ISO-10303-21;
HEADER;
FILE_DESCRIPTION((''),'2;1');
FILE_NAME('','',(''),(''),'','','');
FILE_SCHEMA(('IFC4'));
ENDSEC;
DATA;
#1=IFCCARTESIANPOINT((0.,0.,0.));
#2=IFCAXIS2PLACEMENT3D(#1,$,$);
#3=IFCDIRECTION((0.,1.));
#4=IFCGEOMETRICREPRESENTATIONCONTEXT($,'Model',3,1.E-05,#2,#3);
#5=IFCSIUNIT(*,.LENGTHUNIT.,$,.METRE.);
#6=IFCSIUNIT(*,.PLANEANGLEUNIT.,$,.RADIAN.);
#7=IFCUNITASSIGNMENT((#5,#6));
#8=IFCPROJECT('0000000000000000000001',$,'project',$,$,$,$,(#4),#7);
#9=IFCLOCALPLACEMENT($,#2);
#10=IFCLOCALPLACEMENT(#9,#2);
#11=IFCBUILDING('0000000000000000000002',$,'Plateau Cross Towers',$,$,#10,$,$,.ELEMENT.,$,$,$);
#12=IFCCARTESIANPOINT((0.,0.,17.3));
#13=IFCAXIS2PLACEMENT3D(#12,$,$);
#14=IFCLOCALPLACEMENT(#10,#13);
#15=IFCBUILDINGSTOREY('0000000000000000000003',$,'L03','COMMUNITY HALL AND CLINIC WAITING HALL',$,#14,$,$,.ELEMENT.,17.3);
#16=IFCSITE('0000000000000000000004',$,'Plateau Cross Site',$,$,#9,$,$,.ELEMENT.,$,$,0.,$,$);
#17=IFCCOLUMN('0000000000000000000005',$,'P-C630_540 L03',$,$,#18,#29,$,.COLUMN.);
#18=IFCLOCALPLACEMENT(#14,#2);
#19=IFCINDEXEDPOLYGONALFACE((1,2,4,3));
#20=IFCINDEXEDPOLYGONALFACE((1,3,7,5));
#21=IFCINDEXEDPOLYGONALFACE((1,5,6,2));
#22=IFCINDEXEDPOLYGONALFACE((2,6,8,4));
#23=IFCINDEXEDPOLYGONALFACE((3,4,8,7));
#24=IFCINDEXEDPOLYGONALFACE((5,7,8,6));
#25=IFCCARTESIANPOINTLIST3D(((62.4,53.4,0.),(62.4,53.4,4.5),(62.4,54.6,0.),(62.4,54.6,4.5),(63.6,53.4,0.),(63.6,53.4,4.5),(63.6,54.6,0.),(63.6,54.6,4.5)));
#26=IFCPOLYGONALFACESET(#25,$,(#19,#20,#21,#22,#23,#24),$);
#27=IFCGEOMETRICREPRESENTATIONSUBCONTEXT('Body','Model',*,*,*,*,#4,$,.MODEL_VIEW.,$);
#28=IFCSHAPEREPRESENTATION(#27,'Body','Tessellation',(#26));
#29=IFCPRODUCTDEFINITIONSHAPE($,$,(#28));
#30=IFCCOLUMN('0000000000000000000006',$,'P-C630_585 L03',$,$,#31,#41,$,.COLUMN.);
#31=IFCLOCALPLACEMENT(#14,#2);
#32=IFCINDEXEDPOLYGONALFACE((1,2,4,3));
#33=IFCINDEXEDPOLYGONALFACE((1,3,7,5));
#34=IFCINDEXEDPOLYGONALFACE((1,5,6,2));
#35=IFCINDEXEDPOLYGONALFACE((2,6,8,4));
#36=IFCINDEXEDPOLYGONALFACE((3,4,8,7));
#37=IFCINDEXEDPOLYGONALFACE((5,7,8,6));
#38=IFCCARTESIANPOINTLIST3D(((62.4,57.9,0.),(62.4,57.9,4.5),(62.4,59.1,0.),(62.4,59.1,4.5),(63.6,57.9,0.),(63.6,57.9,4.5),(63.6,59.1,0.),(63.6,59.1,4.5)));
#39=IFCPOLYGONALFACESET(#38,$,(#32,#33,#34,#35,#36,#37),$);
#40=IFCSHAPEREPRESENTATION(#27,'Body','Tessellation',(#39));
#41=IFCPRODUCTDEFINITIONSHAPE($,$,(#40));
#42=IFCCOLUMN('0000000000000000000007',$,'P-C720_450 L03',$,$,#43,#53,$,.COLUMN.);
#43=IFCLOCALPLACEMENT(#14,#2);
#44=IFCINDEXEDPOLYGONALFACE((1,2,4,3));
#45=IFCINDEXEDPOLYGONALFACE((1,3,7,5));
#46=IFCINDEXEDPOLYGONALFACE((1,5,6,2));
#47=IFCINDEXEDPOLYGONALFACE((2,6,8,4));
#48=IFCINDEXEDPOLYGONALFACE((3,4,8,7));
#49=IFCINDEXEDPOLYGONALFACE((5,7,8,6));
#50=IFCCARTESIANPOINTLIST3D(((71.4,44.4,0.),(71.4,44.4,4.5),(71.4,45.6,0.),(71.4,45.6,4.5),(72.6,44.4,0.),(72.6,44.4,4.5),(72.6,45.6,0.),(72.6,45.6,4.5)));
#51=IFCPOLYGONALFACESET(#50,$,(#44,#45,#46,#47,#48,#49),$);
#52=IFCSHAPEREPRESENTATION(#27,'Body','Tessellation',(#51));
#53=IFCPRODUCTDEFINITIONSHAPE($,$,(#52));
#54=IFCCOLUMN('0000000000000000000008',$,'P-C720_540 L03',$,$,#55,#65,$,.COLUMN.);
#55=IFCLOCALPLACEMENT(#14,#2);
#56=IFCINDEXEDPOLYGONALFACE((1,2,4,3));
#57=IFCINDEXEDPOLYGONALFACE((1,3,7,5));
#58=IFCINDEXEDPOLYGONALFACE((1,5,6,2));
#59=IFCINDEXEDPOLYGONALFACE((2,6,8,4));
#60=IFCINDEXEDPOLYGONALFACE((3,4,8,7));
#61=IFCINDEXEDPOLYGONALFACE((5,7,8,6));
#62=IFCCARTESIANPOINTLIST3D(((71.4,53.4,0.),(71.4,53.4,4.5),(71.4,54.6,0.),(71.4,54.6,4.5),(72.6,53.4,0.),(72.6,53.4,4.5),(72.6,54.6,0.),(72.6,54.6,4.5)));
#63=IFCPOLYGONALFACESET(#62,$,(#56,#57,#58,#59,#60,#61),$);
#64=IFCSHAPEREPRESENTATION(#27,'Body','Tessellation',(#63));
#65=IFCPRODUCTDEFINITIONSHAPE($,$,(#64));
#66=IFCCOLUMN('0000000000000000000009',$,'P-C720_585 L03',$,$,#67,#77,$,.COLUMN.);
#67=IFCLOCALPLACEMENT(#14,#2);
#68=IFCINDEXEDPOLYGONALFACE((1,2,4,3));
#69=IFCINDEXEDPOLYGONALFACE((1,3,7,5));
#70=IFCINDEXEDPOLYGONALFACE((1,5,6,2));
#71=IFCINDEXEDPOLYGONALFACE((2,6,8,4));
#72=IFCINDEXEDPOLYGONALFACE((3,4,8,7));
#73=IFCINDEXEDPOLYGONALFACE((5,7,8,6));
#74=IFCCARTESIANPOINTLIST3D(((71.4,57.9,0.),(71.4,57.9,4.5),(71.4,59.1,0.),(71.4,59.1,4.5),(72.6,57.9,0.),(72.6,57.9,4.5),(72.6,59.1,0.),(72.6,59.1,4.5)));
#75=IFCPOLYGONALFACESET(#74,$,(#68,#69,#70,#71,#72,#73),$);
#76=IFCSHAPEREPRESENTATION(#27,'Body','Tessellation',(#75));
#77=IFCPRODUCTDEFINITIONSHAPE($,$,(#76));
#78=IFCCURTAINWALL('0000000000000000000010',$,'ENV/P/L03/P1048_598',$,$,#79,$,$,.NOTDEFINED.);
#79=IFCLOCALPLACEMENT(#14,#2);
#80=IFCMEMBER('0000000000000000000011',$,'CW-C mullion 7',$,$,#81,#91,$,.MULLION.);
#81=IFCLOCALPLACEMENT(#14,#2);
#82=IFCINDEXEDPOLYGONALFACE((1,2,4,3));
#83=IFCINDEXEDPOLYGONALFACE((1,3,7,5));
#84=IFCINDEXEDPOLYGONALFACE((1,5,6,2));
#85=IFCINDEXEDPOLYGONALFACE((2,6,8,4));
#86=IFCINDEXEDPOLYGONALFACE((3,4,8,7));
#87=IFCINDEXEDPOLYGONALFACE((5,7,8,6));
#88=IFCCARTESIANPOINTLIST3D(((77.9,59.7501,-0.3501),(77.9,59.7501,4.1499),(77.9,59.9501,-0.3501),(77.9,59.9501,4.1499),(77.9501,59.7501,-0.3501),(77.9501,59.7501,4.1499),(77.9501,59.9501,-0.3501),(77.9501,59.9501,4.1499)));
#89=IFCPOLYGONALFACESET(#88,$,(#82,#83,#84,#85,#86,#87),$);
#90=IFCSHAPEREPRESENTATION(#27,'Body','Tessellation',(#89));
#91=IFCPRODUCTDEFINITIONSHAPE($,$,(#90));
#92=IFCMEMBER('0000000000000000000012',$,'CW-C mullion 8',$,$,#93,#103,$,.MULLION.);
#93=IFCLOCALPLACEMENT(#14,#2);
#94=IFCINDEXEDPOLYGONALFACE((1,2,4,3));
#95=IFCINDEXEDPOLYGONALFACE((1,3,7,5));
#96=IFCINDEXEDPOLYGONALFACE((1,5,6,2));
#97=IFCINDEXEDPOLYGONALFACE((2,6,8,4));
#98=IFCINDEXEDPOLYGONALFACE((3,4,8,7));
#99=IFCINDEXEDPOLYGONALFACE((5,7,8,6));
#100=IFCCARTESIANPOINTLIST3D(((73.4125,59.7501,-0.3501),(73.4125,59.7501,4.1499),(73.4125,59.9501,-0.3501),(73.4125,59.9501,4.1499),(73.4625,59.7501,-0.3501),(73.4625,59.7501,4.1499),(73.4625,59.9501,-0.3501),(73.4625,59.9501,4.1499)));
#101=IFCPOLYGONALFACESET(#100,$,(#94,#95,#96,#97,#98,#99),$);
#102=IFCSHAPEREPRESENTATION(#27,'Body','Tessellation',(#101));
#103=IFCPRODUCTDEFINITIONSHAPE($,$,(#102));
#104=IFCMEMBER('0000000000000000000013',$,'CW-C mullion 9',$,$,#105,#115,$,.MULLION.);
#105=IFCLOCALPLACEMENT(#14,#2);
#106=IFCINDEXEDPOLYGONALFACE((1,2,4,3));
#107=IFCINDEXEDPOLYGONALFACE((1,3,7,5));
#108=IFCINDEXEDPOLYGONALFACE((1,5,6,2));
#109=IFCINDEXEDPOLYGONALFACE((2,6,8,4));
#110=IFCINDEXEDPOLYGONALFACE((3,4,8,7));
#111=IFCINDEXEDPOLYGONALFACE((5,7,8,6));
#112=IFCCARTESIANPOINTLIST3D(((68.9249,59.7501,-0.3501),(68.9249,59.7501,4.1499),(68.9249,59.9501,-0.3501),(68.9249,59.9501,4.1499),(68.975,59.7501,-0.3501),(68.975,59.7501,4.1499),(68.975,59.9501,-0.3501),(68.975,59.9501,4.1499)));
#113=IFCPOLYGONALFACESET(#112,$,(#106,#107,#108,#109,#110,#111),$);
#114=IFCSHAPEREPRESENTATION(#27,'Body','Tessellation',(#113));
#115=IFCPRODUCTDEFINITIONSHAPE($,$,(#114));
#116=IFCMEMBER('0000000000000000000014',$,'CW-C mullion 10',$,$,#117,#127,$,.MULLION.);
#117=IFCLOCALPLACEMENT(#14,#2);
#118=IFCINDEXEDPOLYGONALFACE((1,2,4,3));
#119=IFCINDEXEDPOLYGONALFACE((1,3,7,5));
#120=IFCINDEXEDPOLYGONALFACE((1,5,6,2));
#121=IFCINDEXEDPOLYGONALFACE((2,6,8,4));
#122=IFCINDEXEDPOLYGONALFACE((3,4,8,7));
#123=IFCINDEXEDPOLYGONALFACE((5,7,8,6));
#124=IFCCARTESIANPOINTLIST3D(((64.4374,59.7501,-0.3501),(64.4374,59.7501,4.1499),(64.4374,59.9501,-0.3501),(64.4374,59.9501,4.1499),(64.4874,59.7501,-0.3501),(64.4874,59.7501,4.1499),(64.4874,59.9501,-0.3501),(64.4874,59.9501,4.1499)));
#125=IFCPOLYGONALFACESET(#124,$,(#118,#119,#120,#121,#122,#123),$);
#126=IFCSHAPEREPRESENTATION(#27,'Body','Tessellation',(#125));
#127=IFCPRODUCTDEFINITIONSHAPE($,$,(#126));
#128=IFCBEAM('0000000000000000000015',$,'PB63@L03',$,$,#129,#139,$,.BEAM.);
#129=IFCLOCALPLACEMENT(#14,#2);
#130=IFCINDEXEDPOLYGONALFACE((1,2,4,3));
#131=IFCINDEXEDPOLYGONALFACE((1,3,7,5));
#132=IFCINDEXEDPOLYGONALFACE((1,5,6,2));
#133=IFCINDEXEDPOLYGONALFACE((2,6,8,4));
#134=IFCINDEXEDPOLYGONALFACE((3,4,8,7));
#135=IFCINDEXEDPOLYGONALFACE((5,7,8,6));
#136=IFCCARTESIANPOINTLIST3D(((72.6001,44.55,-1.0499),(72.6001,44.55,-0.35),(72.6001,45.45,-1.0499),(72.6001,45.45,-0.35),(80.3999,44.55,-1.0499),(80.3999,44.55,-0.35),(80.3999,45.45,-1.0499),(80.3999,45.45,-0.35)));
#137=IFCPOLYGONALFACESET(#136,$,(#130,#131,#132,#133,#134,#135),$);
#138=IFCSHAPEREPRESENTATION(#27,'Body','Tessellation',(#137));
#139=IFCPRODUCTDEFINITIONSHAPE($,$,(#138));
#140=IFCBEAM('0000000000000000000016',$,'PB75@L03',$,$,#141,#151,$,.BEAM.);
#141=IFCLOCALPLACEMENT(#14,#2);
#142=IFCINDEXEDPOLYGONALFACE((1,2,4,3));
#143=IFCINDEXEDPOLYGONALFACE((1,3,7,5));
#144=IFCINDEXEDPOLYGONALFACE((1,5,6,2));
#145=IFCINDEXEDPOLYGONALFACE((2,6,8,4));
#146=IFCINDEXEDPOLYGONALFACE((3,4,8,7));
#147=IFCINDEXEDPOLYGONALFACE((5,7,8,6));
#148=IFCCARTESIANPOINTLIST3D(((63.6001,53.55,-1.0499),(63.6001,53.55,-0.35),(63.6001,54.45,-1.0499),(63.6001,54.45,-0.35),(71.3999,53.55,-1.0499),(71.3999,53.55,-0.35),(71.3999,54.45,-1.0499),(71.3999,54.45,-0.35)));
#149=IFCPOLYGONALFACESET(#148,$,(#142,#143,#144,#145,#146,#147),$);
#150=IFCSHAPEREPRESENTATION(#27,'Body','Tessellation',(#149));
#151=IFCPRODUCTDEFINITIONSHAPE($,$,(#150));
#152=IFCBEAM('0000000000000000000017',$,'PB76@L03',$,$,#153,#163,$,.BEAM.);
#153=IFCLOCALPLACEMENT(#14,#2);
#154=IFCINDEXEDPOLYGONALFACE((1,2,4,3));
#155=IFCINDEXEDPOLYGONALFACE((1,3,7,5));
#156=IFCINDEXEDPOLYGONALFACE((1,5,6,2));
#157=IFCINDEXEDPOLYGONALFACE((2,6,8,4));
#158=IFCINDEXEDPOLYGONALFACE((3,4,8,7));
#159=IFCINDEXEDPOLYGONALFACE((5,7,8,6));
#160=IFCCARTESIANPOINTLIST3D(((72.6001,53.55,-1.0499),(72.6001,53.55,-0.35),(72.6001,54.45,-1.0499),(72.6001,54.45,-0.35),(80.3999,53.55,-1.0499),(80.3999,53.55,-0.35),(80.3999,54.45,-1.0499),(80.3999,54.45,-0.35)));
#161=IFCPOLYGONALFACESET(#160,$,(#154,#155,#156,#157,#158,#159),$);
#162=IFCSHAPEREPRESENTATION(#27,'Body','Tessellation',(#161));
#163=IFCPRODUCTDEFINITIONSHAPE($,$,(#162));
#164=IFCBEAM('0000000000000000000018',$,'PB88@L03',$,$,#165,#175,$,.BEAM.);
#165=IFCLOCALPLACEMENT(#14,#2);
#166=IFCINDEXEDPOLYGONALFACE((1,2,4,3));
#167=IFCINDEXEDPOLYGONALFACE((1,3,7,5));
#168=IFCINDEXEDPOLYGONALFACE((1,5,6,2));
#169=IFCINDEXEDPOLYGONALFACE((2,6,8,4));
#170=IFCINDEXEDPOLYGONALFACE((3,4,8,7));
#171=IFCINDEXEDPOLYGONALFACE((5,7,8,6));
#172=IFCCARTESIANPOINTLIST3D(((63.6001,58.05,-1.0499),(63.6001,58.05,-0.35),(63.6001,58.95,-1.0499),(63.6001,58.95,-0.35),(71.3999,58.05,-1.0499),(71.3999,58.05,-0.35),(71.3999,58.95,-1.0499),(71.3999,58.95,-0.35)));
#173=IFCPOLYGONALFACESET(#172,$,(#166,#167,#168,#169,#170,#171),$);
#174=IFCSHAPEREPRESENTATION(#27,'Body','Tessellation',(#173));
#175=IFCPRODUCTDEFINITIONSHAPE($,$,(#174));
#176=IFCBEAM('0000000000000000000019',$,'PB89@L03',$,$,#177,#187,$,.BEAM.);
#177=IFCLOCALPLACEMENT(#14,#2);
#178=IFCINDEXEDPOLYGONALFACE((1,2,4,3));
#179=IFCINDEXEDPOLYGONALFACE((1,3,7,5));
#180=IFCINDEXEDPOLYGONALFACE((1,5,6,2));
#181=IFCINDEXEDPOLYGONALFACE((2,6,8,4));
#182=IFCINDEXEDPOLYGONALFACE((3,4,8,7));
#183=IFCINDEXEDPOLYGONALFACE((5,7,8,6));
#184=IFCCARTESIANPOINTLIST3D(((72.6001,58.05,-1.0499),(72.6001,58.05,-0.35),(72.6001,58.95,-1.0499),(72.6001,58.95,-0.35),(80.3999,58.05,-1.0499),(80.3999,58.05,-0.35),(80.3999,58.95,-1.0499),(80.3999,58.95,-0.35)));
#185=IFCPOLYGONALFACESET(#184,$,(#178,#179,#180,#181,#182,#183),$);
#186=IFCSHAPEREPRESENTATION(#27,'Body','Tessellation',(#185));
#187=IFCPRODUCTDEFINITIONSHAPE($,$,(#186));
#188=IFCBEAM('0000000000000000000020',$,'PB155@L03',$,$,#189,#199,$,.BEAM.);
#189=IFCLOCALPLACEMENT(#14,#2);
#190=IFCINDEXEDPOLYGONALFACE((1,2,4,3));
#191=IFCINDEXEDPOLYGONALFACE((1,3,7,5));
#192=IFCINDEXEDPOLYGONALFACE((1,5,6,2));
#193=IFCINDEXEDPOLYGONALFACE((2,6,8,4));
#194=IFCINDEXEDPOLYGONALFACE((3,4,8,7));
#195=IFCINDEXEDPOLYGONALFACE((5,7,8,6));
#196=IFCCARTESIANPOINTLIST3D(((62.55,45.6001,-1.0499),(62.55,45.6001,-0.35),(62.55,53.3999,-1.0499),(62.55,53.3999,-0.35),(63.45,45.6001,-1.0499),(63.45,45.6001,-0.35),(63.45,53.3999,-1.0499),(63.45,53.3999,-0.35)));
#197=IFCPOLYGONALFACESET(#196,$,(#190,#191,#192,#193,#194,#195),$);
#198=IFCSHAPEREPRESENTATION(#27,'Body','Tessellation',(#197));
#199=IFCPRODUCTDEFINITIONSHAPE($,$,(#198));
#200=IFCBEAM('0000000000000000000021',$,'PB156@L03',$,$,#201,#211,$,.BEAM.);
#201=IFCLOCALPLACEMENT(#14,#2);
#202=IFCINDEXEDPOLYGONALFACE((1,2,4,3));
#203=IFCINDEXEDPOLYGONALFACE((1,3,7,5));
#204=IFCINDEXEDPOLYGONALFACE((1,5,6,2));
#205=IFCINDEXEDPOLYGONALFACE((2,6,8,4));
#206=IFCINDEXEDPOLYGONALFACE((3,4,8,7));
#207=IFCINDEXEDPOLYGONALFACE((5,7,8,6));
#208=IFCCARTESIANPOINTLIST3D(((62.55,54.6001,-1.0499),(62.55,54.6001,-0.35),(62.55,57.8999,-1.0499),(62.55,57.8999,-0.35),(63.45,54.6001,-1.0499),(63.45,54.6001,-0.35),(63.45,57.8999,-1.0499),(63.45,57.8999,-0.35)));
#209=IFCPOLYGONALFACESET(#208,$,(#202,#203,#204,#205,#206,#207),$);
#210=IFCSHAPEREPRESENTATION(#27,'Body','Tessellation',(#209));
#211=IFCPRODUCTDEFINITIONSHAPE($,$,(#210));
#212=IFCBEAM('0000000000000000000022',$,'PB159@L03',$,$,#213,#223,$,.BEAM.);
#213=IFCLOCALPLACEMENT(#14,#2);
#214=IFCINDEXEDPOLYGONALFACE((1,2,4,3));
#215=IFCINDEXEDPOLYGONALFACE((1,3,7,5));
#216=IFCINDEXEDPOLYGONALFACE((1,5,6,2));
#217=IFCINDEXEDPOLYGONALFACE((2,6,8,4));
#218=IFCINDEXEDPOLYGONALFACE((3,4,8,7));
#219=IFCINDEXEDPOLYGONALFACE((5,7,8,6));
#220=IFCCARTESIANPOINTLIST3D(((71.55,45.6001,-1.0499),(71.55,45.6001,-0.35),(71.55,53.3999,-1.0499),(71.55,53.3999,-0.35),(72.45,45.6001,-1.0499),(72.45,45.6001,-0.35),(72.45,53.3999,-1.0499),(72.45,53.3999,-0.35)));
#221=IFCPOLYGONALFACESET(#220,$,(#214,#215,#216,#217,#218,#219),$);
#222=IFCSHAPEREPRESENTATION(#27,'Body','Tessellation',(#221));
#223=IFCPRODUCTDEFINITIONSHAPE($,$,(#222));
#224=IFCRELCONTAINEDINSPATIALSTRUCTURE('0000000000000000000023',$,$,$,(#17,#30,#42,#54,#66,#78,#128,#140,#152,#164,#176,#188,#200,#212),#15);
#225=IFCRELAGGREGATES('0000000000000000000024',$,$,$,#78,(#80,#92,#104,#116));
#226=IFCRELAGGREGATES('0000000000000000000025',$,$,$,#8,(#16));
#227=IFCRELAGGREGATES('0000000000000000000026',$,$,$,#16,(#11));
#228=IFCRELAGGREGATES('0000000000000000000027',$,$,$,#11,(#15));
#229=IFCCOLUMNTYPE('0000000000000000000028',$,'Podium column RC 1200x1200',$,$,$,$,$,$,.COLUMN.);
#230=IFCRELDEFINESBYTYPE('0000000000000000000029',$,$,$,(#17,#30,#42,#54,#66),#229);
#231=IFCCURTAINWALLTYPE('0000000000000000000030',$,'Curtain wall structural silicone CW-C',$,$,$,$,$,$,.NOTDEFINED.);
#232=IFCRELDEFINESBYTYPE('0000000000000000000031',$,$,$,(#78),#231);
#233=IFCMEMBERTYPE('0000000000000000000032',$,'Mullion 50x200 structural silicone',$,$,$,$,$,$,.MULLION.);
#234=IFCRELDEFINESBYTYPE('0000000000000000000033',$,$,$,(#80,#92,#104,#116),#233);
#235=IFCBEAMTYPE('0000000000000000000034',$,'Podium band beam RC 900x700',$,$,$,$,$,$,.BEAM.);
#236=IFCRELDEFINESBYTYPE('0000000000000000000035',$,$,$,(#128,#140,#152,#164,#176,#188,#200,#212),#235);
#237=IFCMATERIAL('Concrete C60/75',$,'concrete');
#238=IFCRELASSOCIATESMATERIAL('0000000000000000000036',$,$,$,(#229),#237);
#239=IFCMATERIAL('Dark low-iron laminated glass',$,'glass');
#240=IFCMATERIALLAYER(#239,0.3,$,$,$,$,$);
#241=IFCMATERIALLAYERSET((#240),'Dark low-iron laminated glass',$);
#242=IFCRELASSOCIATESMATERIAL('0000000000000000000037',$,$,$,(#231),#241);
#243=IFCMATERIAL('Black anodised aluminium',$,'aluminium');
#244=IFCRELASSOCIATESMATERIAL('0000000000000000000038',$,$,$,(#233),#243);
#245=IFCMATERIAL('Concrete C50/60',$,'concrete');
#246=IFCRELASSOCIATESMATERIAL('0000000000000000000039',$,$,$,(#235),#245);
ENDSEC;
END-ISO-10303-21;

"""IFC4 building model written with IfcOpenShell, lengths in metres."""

from ifc_helpers import new_model, si_unit, direction, frame, origin, origin_2d, place, context, subcontext, project, spatial, rectangle, extrude, material, layer, layer_set, material_profile, profile_set, type_object, element, aggregate, save


model = new_model("IFC4")

# Units and contexts
model_context = context("Model", 3, precision=1e-05, world=origin(), true_north=direction((0.0, 1.0)))
body_context = subcontext(model_context, "Body", "Model", "MODEL_VIEW")
ifc_project = project(units=[si_unit("LENGTHUNIT", "METRE"), si_unit("PLANEANGLEUNIT", "RADIAN")], contexts=[model_context])

# Site, building, storey
site_placement = place(None, origin())
site = spatial("IfcSite", under=ifc_project, at=site_placement, Name="Plateau Cross Site", CompositionType="ELEMENT", RefElevation=0.0)
building_placement = place(site_placement, origin())
building = spatial("IfcBuilding", under=site, at=building_placement, Name="Plateau Cross Towers", CompositionType="ELEMENT")
storey_placement = place(building_placement, frame((0.0, 0.0, 17.3)))
storey = spatial("IfcBuildingStorey", under=building, at=storey_placement, Name="L03", Description="COMMUNITY HALL AND CLINIC WAITING HALL", CompositionType="ELEMENT", Elevation=17.3)

# Columns
ifc_material_1 = material(Name="Concrete C60/75", Category="concrete")
ifc_material_profile_1 = material_profile(ifc_material_1, rectangle(XDim=1.2, YDim=1.2, at=origin_2d()), Name="RC 1200x1200")
ifc_profile_set_1 = profile_set([ifc_material_profile_1], Name="Concrete C60/75")
column_type = type_object("IfcColumnType", Name="Podium column RC 1200x1200", PredefinedType="COLUMN", material=ifc_profile_set_1)
for number, where, z_axis, x_axis, name in (
    (1, (63.0, 54.0, 0.0), (0.0, 0.0, 1.0), (1.0, 0.0, 0.0), "P-C630_540 L03"),
    (2, (63.0, 58.5, 0.0), (0.0, 0.0, 1.0), (1.0, 0.0, 0.0), "P-C630_585 L03"),
    (3, (72.0, 45.0, 0.0), (0.0, 0.0, 1.0), (1.0, 0.0, 0.0), "P-C720_450 L03"),
    (4, (72.0, 54.0, 0.0), (0.0, 0.0, 1.0), (1.0, 0.0, 0.0), "P-C720_540 L03"),
    (5, (72.0, 58.5, 0.0), (0.0, 0.0, 1.0), (1.0, 0.0, 0.0), "P-C720_585 L03"),
):
    element("IfcColumn", number, at=place(storey_placement, frame(where, z_axis=z_axis, x_axis=x_axis)), inside=storey, type_object=column_type, Name=name, PredefinedType="COLUMN", context=body_context, shape_type="SweptSolid", body=[
        extrude(rectangle(XDim=1.2, YDim=1.2, at=origin_2d()), origin(), (0.0, 0.0, 1.0), 4.5),
    ])

# Curtain wall, members
ifc_material_2 = material(Name="Dark low-iron laminated glass", Category="glass")
ifc_layer_1 = layer(ifc_material_2, 0.3)
ifc_layer_set_1 = layer_set([ifc_layer_1], Name="Dark low-iron laminated glass")
curtain_wall_type = type_object("IfcCurtainWallType", Name="Curtain wall structural silicone CW-C", PredefinedType="NOTDEFINED", material=ifc_layer_set_1)
curtain_wall_placement = place(storey_placement, origin())
curtain_wall = element("IfcCurtainWall", 6, at=curtain_wall_placement, inside=storey, type_object=curtain_wall_type, Name="ENV/P/L03/P1048_598", PredefinedType="NOTDEFINED")
ifc_material_3 = material(Name="Black anodised aluminium", Category="aluminium")
ifc_material_profile_2 = material_profile(ifc_material_3, rectangle(XDim=0.05, YDim=0.2, at=origin_2d()), Name="MULLION 50x200")
ifc_profile_set_2 = profile_set([ifc_material_profile_2], Name="Black anodised aluminium")
member_type = type_object("IfcMemberType", Name="Mullion 50x200 structural silicone", PredefinedType="MULLION", material=ifc_profile_set_2)
member_1_placement = place(storey_placement, frame((77.925, 59.8501, -0.3501), z_axis=(0.0, 0.0, 1.0), x_axis=(-1.0, 0.0, 0.0)))
member_1 = element("IfcMember", 7, at=member_1_placement, type_object=member_type, Name="CW-C mullion 7", PredefinedType="MULLION", context=body_context, shape_type="SweptSolid", body=[
    extrude(rectangle(XDim=0.05, YDim=0.2, at=origin_2d()), origin(), (0.0, 0.0, 1.0), 4.5),
])
member_2_placement = place(storey_placement, frame((73.4375, 59.8501, -0.3501), z_axis=(0.0, 0.0, 1.0), x_axis=(-1.0, 0.0, 0.0)))
member_2 = element("IfcMember", 8, at=member_2_placement, type_object=member_type, Name="CW-C mullion 8", PredefinedType="MULLION", context=body_context, shape_type="SweptSolid", body=[
    extrude(rectangle(XDim=0.05, YDim=0.2, at=origin_2d()), origin(), (0.0, 0.0, 1.0), 4.5),
])
member_3_placement = place(storey_placement, frame((68.95, 59.8501, -0.3501), z_axis=(0.0, 0.0, 1.0), x_axis=(-1.0, 0.0, 0.0)))
member_3 = element("IfcMember", 9, at=member_3_placement, type_object=member_type, Name="CW-C mullion 9", PredefinedType="MULLION", context=body_context, shape_type="SweptSolid", body=[
    extrude(rectangle(XDim=0.05, YDim=0.2, at=origin_2d()), origin(), (0.0, 0.0, 1.0), 4.5),
])
member_4_placement = place(storey_placement, frame((64.4624, 59.8501, -0.3501), z_axis=(0.0, 0.0, 1.0), x_axis=(-1.0, 0.0, 0.0)))
member_4 = element("IfcMember", 10, at=member_4_placement, type_object=member_type, Name="CW-C mullion 10", PredefinedType="MULLION", context=body_context, shape_type="SweptSolid", body=[
    extrude(rectangle(XDim=0.05, YDim=0.2, at=origin_2d()), origin(), (0.0, 0.0, 1.0), 4.5),
])

# Beams
ifc_material_4 = material(Name="Concrete C50/60", Category="concrete")
ifc_material_profile_3 = material_profile(ifc_material_4, rectangle(XDim=0.8999, YDim=0.7, at=origin_2d()), Name="RC 900x700")
ifc_profile_set_3 = profile_set([ifc_material_profile_3], Name="Concrete C50/60")
beam_type = type_object("IfcBeamType", Name="Podium band beam RC 900x700", PredefinedType="BEAM", material=ifc_profile_set_3)
for number, where, z_axis, x_axis, name in (
    (11, (72.6001, 45.0, -0.7), (1.0, 0.0, 0.0), (0.0, 1.0, 0.0), "PB63@L03"),
    (12, (63.6001, 54.0, -0.7), (1.0, 0.0, 0.0), (0.0, 1.0, 0.0), "PB75@L03"),
    (13, (72.6001, 54.0, -0.7), (1.0, 0.0, 0.0), (0.0, 1.0, 0.0), "PB76@L03"),
    (14, (63.6001, 58.5, -0.7), (1.0, 0.0, 0.0), (0.0, 1.0, 0.0), "PB88@L03"),
    (15, (72.6001, 58.5, -0.7), (1.0, 0.0, 0.0), (0.0, 1.0, 0.0), "PB89@L03"),
    (16, (63.0, 45.6001, -0.7), (0.0, 1.0, 0.0), (-1.0, 0.0, 0.0), "PB155@L03"),
):
    element("IfcBeam", number, at=place(storey_placement, frame(where, z_axis=z_axis, x_axis=x_axis)), inside=storey, type_object=beam_type, Name=name, PredefinedType="BEAM", context=body_context, shape_type="SweptSolid", body=[
        extrude(rectangle(XDim=0.8999, YDim=0.7, at=origin_2d()), origin(), (0.0, 0.0, 1.0), 7.7998),
    ])
beam_1_placement = place(storey_placement, frame((63.0, 54.6001, -0.7), z_axis=(0.0, 1.0, 0.0), x_axis=(-1.0, 0.0, 0.0)))
element("IfcBeam", 17, at=beam_1_placement, inside=storey, type_object=beam_type, Name="PB156@L03", PredefinedType="BEAM", context=body_context, shape_type="SweptSolid", body=[
    extrude(rectangle(XDim=0.8999, YDim=0.7, at=origin_2d()), origin(), (0.0, 0.0, 1.0), 3.2998),
])
beam_2_placement = place(storey_placement, frame((72.0, 45.6001, -0.7), z_axis=(0.0, 1.0, 0.0), x_axis=(-1.0, 0.0, 0.0)))
element("IfcBeam", 18, at=beam_2_placement, inside=storey, type_object=beam_type, Name="PB159@L03", PredefinedType="BEAM", context=body_context, shape_type="SweptSolid", body=[
    extrude(rectangle(XDim=0.8999, YDim=0.7, at=origin_2d()), origin(), (0.0, 0.0, 1.0), 7.7998),
])

aggregate(curtain_wall, [member_1, member_2, member_3, member_4])

save(model, "model.ifc")
